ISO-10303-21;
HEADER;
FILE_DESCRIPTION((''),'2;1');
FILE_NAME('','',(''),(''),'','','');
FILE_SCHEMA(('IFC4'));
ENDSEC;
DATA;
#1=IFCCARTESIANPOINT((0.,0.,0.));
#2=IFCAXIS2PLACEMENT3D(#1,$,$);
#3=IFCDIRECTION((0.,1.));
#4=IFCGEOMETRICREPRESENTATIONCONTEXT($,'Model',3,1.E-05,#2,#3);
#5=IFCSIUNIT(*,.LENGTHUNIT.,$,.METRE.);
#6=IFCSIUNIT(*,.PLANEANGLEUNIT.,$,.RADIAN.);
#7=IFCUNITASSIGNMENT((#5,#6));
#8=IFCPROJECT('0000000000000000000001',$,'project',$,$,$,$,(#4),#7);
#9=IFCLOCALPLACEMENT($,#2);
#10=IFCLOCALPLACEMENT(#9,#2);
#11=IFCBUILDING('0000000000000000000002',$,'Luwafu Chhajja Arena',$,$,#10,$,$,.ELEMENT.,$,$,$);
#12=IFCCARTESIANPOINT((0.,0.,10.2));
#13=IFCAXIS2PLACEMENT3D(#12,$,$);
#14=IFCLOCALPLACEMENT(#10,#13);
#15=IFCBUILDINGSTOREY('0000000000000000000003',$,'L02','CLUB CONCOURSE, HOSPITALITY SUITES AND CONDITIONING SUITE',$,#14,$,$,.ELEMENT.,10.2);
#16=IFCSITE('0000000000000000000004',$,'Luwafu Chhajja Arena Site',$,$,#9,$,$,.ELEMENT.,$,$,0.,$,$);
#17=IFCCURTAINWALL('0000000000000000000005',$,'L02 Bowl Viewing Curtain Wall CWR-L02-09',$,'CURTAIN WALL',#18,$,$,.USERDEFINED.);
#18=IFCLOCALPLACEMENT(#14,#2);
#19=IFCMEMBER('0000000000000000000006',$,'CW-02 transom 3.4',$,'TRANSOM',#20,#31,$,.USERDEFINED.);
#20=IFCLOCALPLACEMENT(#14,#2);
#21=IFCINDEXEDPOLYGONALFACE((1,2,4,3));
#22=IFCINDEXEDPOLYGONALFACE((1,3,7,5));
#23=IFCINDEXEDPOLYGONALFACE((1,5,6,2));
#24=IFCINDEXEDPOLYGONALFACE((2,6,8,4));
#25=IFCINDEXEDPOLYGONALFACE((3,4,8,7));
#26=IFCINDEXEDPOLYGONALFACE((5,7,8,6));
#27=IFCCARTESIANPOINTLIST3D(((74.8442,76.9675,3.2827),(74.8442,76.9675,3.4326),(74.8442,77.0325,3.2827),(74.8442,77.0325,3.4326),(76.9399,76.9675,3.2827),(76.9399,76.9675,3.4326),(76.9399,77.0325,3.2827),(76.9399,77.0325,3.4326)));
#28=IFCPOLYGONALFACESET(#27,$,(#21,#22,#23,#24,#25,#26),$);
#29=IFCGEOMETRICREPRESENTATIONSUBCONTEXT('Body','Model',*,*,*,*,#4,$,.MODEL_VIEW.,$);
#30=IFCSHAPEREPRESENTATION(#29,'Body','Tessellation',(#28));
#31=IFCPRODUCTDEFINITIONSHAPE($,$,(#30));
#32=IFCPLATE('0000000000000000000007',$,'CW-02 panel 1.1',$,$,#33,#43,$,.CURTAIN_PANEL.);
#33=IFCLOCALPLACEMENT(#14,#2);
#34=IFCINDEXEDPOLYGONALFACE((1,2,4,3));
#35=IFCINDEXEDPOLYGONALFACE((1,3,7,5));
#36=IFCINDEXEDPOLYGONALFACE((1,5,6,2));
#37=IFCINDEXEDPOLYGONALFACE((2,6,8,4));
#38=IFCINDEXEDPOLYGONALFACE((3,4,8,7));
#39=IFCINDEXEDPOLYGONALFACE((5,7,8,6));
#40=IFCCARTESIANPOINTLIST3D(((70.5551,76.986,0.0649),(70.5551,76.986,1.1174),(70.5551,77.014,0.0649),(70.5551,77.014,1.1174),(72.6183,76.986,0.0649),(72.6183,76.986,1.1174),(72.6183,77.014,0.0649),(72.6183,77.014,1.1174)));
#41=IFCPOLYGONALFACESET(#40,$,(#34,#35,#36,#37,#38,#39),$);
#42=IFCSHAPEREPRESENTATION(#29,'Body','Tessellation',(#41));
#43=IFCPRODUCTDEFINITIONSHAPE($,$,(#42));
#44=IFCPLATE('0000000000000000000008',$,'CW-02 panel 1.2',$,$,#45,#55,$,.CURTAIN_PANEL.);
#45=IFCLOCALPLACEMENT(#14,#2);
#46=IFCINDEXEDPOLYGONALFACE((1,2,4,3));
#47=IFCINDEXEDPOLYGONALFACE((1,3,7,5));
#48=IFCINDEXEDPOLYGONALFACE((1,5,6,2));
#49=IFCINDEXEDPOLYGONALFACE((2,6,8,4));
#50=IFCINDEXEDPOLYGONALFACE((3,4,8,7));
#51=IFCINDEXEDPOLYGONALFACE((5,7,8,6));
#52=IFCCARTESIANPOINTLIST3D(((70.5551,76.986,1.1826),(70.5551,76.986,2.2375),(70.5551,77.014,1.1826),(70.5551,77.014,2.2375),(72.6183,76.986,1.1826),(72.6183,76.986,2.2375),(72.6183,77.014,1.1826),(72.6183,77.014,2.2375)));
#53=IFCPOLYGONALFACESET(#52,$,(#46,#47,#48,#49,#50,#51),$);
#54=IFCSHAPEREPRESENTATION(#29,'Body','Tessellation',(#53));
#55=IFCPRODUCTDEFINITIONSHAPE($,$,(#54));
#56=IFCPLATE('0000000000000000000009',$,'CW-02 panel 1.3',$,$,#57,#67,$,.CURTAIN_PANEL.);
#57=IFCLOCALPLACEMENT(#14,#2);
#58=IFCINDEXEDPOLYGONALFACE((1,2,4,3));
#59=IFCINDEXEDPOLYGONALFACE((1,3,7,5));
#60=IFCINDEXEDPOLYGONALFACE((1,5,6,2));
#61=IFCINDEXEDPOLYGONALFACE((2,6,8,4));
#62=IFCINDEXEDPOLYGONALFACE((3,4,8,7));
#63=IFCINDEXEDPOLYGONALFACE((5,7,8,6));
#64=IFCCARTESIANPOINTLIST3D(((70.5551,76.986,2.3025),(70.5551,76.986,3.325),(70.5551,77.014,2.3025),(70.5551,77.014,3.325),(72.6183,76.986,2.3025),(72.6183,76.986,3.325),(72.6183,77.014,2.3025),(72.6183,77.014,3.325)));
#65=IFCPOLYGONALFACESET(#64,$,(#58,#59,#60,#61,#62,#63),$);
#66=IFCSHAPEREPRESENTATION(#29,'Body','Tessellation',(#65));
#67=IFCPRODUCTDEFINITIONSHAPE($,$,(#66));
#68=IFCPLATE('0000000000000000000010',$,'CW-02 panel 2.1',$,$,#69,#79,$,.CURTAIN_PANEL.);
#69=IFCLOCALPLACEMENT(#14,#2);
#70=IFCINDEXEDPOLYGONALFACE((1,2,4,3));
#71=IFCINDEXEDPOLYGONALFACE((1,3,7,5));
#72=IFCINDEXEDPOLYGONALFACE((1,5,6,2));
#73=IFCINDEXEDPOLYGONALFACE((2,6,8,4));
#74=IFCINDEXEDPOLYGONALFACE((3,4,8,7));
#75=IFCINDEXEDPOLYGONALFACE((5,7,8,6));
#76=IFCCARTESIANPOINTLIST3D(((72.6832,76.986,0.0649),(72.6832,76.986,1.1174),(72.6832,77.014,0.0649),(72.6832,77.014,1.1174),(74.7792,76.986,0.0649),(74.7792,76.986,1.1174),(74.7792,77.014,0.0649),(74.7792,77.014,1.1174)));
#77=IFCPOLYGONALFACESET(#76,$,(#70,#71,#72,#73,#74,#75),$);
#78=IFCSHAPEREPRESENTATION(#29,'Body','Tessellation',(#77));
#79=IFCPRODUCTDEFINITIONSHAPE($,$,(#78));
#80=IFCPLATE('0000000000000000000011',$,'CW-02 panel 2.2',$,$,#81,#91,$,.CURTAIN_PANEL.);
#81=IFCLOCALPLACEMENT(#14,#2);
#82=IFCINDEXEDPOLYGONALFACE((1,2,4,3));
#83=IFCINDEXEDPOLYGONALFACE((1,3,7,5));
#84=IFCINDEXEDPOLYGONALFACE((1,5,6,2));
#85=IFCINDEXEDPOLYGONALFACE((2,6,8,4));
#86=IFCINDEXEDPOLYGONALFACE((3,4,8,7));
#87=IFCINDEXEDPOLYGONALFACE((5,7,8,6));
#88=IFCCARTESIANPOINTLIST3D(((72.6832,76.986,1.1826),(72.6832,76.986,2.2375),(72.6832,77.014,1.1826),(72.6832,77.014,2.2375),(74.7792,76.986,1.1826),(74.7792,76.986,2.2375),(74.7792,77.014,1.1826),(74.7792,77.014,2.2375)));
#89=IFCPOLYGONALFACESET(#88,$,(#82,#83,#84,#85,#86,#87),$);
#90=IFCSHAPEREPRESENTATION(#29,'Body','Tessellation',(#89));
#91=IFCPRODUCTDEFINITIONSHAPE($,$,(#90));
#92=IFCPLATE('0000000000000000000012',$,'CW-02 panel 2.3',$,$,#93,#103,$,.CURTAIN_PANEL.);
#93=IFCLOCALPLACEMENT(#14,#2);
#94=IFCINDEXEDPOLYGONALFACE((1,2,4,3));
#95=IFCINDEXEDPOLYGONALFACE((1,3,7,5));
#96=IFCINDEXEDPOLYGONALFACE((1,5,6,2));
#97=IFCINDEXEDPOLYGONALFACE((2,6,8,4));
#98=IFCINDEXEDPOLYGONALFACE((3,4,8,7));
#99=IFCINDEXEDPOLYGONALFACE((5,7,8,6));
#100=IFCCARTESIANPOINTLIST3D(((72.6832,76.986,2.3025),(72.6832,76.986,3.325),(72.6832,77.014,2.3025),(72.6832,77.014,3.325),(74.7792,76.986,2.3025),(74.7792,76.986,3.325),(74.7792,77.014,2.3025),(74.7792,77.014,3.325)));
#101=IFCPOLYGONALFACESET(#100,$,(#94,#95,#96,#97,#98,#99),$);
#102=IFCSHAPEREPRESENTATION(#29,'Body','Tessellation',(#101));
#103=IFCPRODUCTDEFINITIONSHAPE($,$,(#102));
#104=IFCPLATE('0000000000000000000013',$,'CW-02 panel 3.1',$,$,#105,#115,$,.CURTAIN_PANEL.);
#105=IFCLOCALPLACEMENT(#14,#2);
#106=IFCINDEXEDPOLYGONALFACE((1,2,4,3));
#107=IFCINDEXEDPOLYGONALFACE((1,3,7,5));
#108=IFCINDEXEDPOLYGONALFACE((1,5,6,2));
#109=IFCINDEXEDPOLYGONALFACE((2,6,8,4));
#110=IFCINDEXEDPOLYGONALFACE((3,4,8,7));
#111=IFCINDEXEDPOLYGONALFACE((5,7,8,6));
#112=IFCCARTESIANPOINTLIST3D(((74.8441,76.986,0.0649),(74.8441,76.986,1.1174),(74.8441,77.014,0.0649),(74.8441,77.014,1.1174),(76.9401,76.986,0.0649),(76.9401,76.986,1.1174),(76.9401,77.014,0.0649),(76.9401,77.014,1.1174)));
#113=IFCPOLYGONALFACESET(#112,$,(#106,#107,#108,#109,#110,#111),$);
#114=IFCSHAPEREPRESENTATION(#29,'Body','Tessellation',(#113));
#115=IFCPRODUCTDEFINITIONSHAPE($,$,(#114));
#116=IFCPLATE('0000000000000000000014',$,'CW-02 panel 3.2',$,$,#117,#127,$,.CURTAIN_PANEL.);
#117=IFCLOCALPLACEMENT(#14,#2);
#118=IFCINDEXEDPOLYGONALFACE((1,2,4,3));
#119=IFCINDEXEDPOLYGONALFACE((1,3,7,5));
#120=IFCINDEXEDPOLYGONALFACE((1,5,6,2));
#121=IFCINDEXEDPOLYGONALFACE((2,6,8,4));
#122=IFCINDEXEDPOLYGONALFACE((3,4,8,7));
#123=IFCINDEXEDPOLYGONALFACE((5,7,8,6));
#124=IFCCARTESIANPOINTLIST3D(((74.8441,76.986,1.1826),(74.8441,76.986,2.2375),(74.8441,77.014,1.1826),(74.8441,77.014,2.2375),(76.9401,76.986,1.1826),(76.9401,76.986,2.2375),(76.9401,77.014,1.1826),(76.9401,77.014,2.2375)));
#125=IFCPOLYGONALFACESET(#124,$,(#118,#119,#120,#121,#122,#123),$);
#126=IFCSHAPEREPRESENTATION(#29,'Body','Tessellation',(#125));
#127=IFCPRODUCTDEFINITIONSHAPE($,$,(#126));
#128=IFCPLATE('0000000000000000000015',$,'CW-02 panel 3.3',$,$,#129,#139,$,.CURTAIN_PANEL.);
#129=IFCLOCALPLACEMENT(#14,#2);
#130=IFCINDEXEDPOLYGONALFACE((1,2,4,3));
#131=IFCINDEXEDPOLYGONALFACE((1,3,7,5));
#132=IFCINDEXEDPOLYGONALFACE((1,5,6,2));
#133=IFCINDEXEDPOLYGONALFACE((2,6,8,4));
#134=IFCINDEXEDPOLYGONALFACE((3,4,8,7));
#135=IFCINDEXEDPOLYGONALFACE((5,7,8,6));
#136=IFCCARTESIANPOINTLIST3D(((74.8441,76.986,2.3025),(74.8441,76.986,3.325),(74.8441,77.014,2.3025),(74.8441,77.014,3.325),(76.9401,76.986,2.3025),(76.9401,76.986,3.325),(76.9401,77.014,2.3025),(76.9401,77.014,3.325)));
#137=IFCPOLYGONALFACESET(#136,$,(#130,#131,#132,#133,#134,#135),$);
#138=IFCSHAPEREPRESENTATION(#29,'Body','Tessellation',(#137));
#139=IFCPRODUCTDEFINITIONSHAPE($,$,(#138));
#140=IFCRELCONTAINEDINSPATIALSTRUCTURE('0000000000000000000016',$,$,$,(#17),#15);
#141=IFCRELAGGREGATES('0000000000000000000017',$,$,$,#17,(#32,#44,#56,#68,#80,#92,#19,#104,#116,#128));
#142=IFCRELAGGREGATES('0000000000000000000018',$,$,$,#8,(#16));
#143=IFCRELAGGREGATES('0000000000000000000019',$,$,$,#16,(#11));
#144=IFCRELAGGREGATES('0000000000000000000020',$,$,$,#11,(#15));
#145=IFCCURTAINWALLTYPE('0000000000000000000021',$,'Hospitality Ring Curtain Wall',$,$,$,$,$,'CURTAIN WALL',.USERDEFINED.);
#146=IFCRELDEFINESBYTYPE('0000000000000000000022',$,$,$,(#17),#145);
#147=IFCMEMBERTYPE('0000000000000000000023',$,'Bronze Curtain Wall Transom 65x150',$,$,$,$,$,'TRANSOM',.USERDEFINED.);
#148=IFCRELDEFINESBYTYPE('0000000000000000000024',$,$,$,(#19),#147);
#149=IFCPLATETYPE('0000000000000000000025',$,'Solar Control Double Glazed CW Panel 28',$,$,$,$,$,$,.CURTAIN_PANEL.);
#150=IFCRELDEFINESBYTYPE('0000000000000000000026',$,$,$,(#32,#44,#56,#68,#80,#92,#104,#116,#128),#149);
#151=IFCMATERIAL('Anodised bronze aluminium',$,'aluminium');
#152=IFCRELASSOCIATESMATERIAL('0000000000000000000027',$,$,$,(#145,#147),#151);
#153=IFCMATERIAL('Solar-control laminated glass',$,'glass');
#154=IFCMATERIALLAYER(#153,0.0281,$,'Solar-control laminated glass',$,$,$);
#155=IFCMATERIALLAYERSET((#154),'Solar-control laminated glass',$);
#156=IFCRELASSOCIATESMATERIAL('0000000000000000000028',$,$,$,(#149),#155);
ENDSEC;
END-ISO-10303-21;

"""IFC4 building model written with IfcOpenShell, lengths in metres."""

from ifc_helpers import new_model, si_unit, direction, frame, origin, origin_2d, place, context, subcontext, project, spatial, rectangle, extrude, material, layer, layer_set, material_profile, profile_set, type_object, element, aggregate, save


model = new_model("IFC4")

# Units and contexts
model_context = context("Model", 3, precision=1e-05, world=origin(), true_north=direction((0.0, 1.0)))
body_context = subcontext(model_context, "Body", "Model", "MODEL_VIEW")
ifc_project = project(units=[si_unit("LENGTHUNIT", "METRE"), si_unit("PLANEANGLEUNIT", "RADIAN")], contexts=[model_context])

# Site, building, storey
site_placement = place(None, origin())
site = spatial("IfcSite", under=ifc_project, at=site_placement, Name="Luwafu Chhajja Arena Site", CompositionType="ELEMENT", RefElevation=0.0)
building_placement = place(site_placement, origin())
building = spatial("IfcBuilding", under=site, at=building_placement, Name="Luwafu Chhajja Arena", CompositionType="ELEMENT")
storey_placement = place(building_placement, frame((0.0, 0.0, 10.2)))
storey = spatial("IfcBuildingStorey", under=building, at=storey_placement, Name="L02", Description="CLUB CONCOURSE, HOSPITALITY SUITES AND CONDITIONING SUITE", CompositionType="ELEMENT", Elevation=10.2)

# Curtain wall, member, plates
ifc_material_1 = material(Name="Anodised bronze aluminium", Category="aluminium")
curtain_wall_type = type_object("IfcCurtainWallType", Name="Hospitality Ring Curtain Wall", ElementType="CURTAIN WALL", PredefinedType="USERDEFINED", material=ifc_material_1)
curtain_wall_placement = place(storey_placement, origin())
curtain_wall = element("IfcCurtainWall", 1, at=curtain_wall_placement, inside=storey, type_object=curtain_wall_type, Name="L02 Bowl Viewing Curtain Wall CWR-L02-09", ObjectType="CURTAIN WALL", PredefinedType="USERDEFINED")
ifc_material_profile_1 = material_profile(ifc_material_1, rectangle(XDim=0.0649, YDim=0.1499, at=origin_2d()), Name="CWT 65x150")
ifc_profile_set_1 = profile_set([ifc_material_profile_1], Name="Anodised bronze aluminium")
member_type_1 = type_object("IfcMemberType", Name="Bronze Curtain Wall Transom 65x150", ElementType="TRANSOM", PredefinedType="USERDEFINED", material=ifc_profile_set_1)
member_1_placement = place(storey_placement, frame((74.8442, 77.0, 3.3577), z_axis=(1.0, 0.0, 0.0), x_axis=(0.0, 1.0, 0.0)))
member_1 = element("IfcMember", 2, at=member_1_placement, type_object=member_type_1, Name="CW-02 transom 3.4", ObjectType="TRANSOM", PredefinedType="USERDEFINED", context=body_context, shape_type="SweptSolid", body=[
    extrude(rectangle(XDim=0.0649, YDim=0.1499, at=origin_2d()), origin(), (0.0, 0.0, 1.0), 2.0957),
])
ifc_material_2 = material(Name="Solar-control laminated glass", Category="glass")
ifc_layer = layer(ifc_material_2, 0.0281, Name="Solar-control laminated glass")
ifc_layer_set = layer_set([ifc_layer], Name="Solar-control laminated glass")
plate_type = type_object("IfcPlateType", Name="Solar Control Double Glazed CW Panel 28", PredefinedType="CURTAIN_PANEL", material=ifc_layer_set)
plate_1_placement = place(storey_placement, frame((71.5867, 77.0, 0.0649), z_axis=(0.0, 0.0, 1.0), x_axis=(1.0, 0.0, 0.0)))
plate_1 = element("IfcPlate", 3, at=plate_1_placement, type_object=plate_type, Name="CW-02 panel 1.1", PredefinedType="CURTAIN_PANEL", context=body_context, shape_type="SweptSolid", body=[
    extrude(rectangle(XDim=2.0632, YDim=0.0281, at=origin_2d()), origin(), (0.0, 0.0, 1.0), 1.0525),
])
plate_2_placement = place(storey_placement, frame((71.5867, 77.0, 1.1826), z_axis=(0.0, 0.0, 1.0), x_axis=(1.0, 0.0, 0.0)))
plate_2 = element("IfcPlate", 4, at=plate_2_placement, type_object=plate_type, Name="CW-02 panel 1.2", PredefinedType="CURTAIN_PANEL", context=body_context, shape_type="SweptSolid", body=[
    extrude(rectangle(XDim=2.0632, YDim=0.0281, at=origin_2d()), origin(), (0.0, 0.0, 1.0), 1.0549),
])
plate_3_placement = place(storey_placement, frame((71.5867, 77.0, 2.3025), z_axis=(0.0, 0.0, 1.0), x_axis=(1.0, 0.0, 0.0)))
plate_3 = element("IfcPlate", 5, at=plate_3_placement, type_object=plate_type, Name="CW-02 panel 1.3", PredefinedType="CURTAIN_PANEL", context=body_context, shape_type="SweptSolid", body=[
    extrude(rectangle(XDim=2.0632, YDim=0.0281, at=origin_2d()), origin(), (0.0, 0.0, 1.0), 1.0225),
])
plate_4_placement = place(storey_placement, frame((73.7312, 77.0, 0.0649), z_axis=(0.0, 0.0, 1.0), x_axis=(1.0, 0.0, 0.0)))
plate_4 = element("IfcPlate", 6, at=plate_4_placement, type_object=plate_type, Name="CW-02 panel 2.1", PredefinedType="CURTAIN_PANEL", context=body_context, shape_type="SweptSolid", body=[
    extrude(rectangle(XDim=2.0959, YDim=0.0281, at=origin_2d()), origin(), (0.0, 0.0, 1.0), 1.0525),
])
plate_5_placement = place(storey_placement, frame((73.7312, 77.0, 1.1826), z_axis=(0.0, 0.0, 1.0), x_axis=(1.0, 0.0, 0.0)))
plate_5 = element("IfcPlate", 7, at=plate_5_placement, type_object=plate_type, Name="CW-02 panel 2.2", PredefinedType="CURTAIN_PANEL", context=body_context, shape_type="SweptSolid", body=[
    extrude(rectangle(XDim=2.0959, YDim=0.0281, at=origin_2d()), origin(), (0.0, 0.0, 1.0), 1.0549),
])
plate_6_placement = place(storey_placement, frame((73.7312, 77.0, 2.3025), z_axis=(0.0, 0.0, 1.0), x_axis=(1.0, 0.0, 0.0)))
plate_6 = element("IfcPlate", 8, at=plate_6_placement, type_object=plate_type, Name="CW-02 panel 2.3", PredefinedType="CURTAIN_PANEL", context=body_context, shape_type="SweptSolid", body=[
    extrude(rectangle(XDim=2.0959, YDim=0.0281, at=origin_2d()), origin(), (0.0, 0.0, 1.0), 1.0225),
])
plate_7_placement = place(storey_placement, frame((75.8921, 77.0, 0.0649), z_axis=(0.0, 0.0, 1.0), x_axis=(1.0, 0.0, 0.0)))
plate_7 = element("IfcPlate", 9, at=plate_7_placement, type_object=plate_type, Name="CW-02 panel 3.1", PredefinedType="CURTAIN_PANEL", context=body_context, shape_type="SweptSolid", body=[
    extrude(rectangle(XDim=2.0959, YDim=0.0281, at=origin_2d()), origin(), (0.0, 0.0, 1.0), 1.0525),
])
plate_8_placement = place(storey_placement, frame((75.8921, 77.0, 1.1826), z_axis=(0.0, 0.0, 1.0), x_axis=(1.0, 0.0, 0.0)))
plate_8 = element("IfcPlate", 10, at=plate_8_placement, type_object=plate_type, Name="CW-02 panel 3.2", PredefinedType="CURTAIN_PANEL", context=body_context, shape_type="SweptSolid", body=[
    extrude(rectangle(XDim=2.0959, YDim=0.0281, at=origin_2d()), origin(), (0.0, 0.0, 1.0), 1.0549),
])
plate_9_placement = place(storey_placement, frame((75.8921, 77.0, 2.3025), z_axis=(0.0, 0.0, 1.0), x_axis=(1.0, 0.0, 0.0)))
plate_9 = element("IfcPlate", 11, at=plate_9_placement, type_object=plate_type, Name="CW-02 panel 3.3", PredefinedType="CURTAIN_PANEL", context=body_context, shape_type="SweptSolid", body=[
    extrude(rectangle(XDim=2.0959, YDim=0.0281, at=origin_2d()), origin(), (0.0, 0.0, 1.0), 1.0225),
])
aggregate(curtain_wall, [plate_1, plate_2, plate_3, plate_4, plate_5, plate_6, member_1, plate_7, plate_8, plate_9])

save(model, "model.ifc")
